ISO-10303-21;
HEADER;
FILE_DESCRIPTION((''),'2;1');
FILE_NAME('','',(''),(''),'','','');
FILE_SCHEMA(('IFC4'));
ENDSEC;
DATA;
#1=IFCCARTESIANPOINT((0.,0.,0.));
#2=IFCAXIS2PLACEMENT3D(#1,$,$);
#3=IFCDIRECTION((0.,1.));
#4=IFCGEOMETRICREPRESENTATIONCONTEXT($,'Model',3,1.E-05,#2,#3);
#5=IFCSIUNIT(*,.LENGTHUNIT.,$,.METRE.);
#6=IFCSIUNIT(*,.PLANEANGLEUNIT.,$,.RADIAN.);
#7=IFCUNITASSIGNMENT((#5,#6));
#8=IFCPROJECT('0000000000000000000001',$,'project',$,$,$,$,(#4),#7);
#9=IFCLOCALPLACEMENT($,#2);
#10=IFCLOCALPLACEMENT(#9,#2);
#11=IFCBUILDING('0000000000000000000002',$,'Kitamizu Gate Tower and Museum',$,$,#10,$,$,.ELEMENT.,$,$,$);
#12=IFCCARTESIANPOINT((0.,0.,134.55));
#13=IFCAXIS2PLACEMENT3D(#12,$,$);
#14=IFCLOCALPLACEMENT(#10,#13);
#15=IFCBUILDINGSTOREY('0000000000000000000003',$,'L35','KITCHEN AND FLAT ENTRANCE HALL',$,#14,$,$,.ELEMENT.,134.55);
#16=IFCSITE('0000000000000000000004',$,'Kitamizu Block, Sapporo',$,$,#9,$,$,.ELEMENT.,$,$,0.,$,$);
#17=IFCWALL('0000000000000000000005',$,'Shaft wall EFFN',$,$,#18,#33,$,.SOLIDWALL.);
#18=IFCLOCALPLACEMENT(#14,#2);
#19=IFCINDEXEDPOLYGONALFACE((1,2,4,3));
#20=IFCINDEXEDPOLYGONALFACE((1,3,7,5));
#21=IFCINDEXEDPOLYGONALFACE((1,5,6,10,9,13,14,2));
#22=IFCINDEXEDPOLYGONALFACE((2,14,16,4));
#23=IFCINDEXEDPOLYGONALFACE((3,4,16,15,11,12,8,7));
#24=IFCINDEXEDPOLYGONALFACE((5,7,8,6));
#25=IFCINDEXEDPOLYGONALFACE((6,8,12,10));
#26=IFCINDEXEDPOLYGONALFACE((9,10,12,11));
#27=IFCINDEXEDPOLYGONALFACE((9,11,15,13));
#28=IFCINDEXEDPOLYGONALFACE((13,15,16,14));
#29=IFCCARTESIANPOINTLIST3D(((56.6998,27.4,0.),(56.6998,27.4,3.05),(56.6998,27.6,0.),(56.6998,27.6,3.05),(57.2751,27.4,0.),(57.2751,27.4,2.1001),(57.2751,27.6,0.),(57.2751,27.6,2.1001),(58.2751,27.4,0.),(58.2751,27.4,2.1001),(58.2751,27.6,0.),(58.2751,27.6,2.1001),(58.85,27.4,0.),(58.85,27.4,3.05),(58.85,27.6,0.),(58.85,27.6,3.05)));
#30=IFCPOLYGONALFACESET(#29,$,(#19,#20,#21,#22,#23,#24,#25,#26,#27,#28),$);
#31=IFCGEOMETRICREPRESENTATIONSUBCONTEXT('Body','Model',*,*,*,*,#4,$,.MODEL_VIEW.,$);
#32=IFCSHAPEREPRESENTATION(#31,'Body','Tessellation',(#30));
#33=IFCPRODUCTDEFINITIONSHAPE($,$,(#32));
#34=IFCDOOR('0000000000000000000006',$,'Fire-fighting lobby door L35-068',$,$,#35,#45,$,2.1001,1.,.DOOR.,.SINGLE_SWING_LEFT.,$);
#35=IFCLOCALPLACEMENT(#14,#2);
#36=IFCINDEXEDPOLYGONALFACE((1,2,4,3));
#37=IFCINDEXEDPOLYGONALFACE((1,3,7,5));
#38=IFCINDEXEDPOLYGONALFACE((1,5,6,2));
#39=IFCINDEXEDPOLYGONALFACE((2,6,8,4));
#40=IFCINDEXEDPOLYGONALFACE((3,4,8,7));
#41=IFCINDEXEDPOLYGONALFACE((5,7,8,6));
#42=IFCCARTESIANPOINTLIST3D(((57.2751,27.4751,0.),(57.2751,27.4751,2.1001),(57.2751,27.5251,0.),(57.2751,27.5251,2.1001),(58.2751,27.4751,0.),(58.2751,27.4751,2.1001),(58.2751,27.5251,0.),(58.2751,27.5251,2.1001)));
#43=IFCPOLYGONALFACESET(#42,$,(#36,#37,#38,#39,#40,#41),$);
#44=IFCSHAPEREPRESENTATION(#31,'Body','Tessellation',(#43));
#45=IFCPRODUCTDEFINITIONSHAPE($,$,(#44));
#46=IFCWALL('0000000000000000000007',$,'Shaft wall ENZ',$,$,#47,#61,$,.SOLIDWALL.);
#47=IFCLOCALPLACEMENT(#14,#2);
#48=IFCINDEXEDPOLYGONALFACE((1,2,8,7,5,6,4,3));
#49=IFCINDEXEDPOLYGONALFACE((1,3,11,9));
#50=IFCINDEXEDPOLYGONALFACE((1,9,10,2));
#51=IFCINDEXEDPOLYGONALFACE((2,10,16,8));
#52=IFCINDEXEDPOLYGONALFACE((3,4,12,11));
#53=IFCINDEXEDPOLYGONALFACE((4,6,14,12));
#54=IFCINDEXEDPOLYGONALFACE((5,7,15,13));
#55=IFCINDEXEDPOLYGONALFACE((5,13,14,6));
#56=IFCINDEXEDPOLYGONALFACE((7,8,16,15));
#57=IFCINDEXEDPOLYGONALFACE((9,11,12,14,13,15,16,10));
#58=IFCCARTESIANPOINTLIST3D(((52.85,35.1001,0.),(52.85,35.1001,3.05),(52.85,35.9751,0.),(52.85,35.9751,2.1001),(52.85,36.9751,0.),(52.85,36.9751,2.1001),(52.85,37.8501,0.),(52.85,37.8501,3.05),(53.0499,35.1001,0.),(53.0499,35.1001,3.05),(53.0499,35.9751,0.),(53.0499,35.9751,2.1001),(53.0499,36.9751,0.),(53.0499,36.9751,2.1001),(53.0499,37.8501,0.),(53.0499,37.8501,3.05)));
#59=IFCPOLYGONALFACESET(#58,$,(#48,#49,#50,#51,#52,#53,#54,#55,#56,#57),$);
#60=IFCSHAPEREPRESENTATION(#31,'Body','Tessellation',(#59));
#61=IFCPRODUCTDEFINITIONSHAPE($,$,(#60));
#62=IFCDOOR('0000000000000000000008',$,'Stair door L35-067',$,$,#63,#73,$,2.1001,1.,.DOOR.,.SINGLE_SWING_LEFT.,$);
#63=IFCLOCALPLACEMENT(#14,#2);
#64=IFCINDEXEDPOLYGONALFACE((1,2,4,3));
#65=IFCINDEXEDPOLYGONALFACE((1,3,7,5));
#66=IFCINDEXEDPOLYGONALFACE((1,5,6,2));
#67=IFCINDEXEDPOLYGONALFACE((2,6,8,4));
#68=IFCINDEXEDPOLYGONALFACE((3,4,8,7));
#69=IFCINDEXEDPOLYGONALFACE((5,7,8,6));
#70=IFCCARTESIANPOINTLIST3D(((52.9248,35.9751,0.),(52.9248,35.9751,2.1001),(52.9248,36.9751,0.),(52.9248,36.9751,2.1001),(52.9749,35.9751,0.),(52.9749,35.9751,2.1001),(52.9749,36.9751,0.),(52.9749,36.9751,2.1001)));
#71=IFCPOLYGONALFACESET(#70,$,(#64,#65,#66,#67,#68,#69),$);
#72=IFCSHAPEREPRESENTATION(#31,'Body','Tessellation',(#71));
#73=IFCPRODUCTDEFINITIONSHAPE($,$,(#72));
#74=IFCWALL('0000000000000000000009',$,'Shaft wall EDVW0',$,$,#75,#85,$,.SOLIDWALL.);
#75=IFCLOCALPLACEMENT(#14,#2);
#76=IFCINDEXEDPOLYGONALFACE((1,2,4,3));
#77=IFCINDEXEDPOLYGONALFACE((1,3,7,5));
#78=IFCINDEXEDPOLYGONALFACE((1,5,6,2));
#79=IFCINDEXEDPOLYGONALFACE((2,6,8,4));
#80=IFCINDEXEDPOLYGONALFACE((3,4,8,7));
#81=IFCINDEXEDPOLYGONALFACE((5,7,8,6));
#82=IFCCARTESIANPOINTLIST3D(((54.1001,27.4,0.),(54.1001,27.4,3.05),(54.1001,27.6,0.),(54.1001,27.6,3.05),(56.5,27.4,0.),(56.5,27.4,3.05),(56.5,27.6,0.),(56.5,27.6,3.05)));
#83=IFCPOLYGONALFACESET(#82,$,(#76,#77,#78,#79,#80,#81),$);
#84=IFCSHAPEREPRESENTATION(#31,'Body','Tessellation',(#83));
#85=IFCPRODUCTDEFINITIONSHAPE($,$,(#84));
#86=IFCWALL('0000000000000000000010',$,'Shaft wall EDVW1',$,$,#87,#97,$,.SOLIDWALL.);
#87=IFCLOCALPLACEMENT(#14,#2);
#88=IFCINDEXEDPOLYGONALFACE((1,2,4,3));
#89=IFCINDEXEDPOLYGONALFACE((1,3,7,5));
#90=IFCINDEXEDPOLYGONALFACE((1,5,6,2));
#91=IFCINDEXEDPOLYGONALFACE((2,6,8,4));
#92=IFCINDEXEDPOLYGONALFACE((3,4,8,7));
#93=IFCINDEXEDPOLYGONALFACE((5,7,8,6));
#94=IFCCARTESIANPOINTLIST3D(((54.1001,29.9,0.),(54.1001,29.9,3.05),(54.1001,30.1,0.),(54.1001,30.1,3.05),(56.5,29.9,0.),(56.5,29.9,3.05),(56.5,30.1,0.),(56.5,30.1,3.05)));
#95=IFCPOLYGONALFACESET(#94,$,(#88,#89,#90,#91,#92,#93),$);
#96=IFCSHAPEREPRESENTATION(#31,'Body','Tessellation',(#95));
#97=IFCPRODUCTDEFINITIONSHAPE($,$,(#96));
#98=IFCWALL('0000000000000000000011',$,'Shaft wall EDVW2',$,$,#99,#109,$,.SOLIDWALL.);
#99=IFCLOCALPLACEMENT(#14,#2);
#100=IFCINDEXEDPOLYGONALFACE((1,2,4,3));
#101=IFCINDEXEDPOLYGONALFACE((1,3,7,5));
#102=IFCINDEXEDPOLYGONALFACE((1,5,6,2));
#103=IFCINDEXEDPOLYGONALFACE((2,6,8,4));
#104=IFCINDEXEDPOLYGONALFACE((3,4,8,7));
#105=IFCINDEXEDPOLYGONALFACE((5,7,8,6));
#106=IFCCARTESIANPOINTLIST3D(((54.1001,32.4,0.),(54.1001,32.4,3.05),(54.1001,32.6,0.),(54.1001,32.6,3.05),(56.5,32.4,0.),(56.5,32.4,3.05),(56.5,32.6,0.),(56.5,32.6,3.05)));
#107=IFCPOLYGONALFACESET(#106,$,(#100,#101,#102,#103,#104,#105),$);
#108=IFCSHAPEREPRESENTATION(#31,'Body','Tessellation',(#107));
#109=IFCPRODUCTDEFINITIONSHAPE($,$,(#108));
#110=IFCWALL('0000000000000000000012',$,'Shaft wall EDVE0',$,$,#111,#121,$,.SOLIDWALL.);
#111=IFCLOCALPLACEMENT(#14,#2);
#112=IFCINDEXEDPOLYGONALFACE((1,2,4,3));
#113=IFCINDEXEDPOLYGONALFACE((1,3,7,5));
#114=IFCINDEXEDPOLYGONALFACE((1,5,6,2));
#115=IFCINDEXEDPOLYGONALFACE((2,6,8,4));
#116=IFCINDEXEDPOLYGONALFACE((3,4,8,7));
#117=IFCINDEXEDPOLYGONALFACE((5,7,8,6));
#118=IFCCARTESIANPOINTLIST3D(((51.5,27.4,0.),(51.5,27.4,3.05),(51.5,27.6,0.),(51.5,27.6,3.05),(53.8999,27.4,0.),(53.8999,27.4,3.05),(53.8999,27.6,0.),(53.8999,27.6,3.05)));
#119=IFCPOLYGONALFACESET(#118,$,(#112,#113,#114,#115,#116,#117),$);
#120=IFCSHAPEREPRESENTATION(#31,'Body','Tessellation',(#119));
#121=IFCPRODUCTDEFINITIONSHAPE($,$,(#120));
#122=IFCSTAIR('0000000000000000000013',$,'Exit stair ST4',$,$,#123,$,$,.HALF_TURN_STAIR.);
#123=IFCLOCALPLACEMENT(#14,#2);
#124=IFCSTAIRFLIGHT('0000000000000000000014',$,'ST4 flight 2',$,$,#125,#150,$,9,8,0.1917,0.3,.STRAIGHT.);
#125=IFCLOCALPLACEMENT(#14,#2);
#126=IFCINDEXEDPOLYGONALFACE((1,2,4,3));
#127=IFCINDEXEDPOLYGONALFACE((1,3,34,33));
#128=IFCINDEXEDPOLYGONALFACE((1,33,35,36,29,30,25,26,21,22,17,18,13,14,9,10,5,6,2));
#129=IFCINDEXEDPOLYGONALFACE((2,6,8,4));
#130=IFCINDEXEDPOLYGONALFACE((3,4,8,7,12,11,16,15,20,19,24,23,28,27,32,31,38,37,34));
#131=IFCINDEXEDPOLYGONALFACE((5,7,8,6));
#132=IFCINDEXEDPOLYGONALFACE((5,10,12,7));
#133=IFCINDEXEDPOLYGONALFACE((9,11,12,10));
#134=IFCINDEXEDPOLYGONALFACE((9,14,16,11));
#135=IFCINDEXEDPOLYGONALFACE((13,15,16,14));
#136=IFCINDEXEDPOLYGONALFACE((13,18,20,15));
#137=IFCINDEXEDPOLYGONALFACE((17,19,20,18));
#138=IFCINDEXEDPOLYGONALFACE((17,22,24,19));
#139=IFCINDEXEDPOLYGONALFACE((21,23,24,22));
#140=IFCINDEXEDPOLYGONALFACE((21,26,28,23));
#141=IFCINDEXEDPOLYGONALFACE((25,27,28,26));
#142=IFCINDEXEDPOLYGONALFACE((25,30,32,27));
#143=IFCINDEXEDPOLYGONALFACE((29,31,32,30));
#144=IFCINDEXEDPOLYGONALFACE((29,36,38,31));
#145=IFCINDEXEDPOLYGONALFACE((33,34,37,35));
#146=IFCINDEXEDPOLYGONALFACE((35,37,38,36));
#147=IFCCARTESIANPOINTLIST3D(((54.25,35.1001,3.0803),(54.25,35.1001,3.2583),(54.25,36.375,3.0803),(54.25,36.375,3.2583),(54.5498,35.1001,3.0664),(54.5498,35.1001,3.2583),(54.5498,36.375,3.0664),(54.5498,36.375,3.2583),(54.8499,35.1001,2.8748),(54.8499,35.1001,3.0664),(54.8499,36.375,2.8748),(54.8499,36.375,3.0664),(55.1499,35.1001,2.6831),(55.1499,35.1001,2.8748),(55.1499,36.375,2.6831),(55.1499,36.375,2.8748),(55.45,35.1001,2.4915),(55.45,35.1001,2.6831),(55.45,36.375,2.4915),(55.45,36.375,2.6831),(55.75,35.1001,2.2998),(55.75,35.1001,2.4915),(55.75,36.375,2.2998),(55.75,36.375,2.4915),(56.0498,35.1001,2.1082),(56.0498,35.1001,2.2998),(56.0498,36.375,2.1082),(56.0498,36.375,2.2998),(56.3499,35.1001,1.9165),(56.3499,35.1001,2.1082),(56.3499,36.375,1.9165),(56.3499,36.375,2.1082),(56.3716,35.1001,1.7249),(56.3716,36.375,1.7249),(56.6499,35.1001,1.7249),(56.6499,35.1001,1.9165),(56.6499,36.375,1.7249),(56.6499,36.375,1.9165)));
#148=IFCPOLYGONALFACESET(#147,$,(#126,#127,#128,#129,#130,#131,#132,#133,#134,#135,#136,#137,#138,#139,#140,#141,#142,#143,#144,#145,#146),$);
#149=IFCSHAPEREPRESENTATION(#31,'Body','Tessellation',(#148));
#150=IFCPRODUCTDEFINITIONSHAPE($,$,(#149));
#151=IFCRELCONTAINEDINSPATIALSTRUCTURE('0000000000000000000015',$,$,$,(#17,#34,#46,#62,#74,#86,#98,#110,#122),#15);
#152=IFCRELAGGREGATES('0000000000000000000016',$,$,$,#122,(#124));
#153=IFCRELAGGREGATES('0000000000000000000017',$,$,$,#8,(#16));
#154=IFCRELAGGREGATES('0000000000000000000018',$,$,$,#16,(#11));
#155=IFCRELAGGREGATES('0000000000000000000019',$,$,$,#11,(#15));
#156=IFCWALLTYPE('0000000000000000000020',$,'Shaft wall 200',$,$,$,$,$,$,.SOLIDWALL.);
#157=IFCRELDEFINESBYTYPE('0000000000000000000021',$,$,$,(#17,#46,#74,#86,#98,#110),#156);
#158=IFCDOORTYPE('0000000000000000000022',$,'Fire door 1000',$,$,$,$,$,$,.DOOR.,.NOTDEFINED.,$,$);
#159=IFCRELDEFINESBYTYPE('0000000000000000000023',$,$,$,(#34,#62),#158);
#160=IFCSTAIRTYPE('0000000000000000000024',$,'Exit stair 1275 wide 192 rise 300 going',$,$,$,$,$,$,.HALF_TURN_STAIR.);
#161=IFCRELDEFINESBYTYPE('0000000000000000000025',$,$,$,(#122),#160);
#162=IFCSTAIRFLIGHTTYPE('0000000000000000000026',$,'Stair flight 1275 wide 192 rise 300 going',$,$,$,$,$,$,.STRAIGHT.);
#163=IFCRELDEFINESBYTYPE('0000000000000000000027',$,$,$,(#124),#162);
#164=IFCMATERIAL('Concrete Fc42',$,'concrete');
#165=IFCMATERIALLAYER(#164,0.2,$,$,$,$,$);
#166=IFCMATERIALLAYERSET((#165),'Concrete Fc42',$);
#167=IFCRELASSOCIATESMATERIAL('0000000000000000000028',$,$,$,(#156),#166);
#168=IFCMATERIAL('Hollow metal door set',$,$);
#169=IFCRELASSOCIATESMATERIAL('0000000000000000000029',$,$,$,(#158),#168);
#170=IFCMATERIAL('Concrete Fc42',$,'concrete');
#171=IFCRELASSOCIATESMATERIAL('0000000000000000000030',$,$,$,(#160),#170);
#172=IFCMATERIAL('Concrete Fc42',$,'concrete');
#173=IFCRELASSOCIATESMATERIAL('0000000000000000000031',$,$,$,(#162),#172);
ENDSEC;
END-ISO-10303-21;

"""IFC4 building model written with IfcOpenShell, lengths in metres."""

from ifc_helpers import new_model, si_unit, direction, frame, frame_2d, origin, place, context, subcontext, project, spatial, polyline, rectangle, outline, extrude, material, layer, layer_set, type_object, element, fill, aggregate, save


model = new_model("IFC4")

# Units and contexts
model_context = context("Model", 3, precision=1e-05, world=origin(), true_north=direction((0.0, 1.0)))
body_context = subcontext(model_context, "Body", "Model", "MODEL_VIEW")
ifc_project = project(units=[si_unit("LENGTHUNIT", "METRE"), si_unit("PLANEANGLEUNIT", "RADIAN")], contexts=[model_context])

# Site, building, storey
site_placement = place(None, origin())
site = spatial("IfcSite", under=ifc_project, at=site_placement, Name="Kitamizu Block, Sapporo", CompositionType="ELEMENT", RefElevation=0.0)
building_placement = place(site_placement, origin())
building = spatial("IfcBuilding", under=site, at=building_placement, Name="Kitamizu Gate Tower and Museum", CompositionType="ELEMENT")
storey_placement = place(building_placement, frame((0.0, 0.0, 134.55)))
storey = spatial("IfcBuildingStorey", under=building, at=storey_placement, Name="L35", Description="KITCHEN AND FLAT ENTRANCE HALL", CompositionType="ELEMENT", Elevation=134.55)

# Shared definitions
ifc_material_1 = material(Name="Concrete Fc42", Category="concrete")
ifc_layer_1 = layer(ifc_material_1, 0.2)
ifc_layer_set_1 = layer_set([ifc_layer_1], Name="Concrete Fc42")
wall_type_1 = type_object("IfcWallType", Name="Shaft wall 200", PredefinedType="SOLIDWALL", material=ifc_layer_set_1)

# Walls, openings, doors
wall_1_placement = place(storey_placement, frame((58.8501, 27.5, 0.0), z_axis=(0.0, 0.0, 1.0), x_axis=(-1.0, 0.0, 0.0)))
wall_1 = element("IfcWall", 1, at=wall_1_placement, inside=storey, type_object=wall_type_1, Name="Shaft wall EFFN", PredefinedType="SOLIDWALL", context=body_context, shape_type="SweptSolid", body=[
    extrude(rectangle(XDim=2.1501, YDim=0.2, at=frame_2d((1.0752, 0.0))), origin(), (0.0, 0.0, 1.0), 3.05),
])
opening_1_placement = place(wall_1_placement, frame((0.575, 0.0, 0.0)))
opening_1 = element("IfcOpeningElement", 2, at=opening_1_placement, cuts=wall_1, PredefinedType="OPENING", context=body_context, shape_type="SweptSolid", body=[
    extrude(rectangle(XDim=1.0, YDim=2.1001, at=frame_2d((0.5, 1.05))), frame((0.0, 0.1099, 0.0), z_axis=(0.0, -1.0, 0.0), x_axis=(1.0, 0.0, 0.0)), (0.0, 0.0, 1.0), 0.22),
])
ifc_material_2 = material(Name="Hollow metal door set")
door_type_1 = type_object("IfcDoorType", Name="Fire door 1000", OperationType="NOTDEFINED", PredefinedType="DOOR", material=ifc_material_2)
door_1_placement = place(opening_1_placement, origin())
door_1 = element("IfcDoor", 3, at=door_1_placement, inside=storey, type_object=door_type_1, Name="Fire-fighting lobby door L35-068", OperationType="SINGLE_SWING_LEFT", OverallHeight=2.1001, OverallWidth=1.0, PredefinedType="DOOR", context=body_context, shape_type="SweptSolid", body=[
    extrude(rectangle(XDim=1.0, YDim=2.1001, at=frame_2d((0.5, 1.05))), frame((0.0, 0.0249, 0.0), z_axis=(0.0, -1.0, 0.0), x_axis=(1.0, 0.0, 0.0)), (0.0, 0.0, 1.0), 0.05),
])
fill(opening_1, door_1)
wall_2_placement = place(storey_placement, frame((52.95, 35.1001, 0.0), z_axis=(0.0, 0.0, 1.0), x_axis=(0.0, 1.0, 0.0)))
wall_2 = element("IfcWall", 4, at=wall_2_placement, inside=storey, type_object=wall_type_1, Name="Shaft wall ENZ", PredefinedType="SOLIDWALL", context=body_context, shape_type="SweptSolid", body=[
    extrude(rectangle(XDim=2.75, YDim=0.2, at=frame_2d((1.375, 0.0))), origin(), (0.0, 0.0, 1.0), 3.05),
])
opening_2_placement = place(wall_2_placement, frame((0.875, 0.0, 0.0)))
opening_2 = element("IfcOpeningElement", 5, at=opening_2_placement, cuts=wall_2, PredefinedType="OPENING", context=body_context, shape_type="SweptSolid", body=[
    extrude(rectangle(XDim=1.0, YDim=2.1001, at=frame_2d((0.5, 1.05))), frame((0.0, 0.1099, 0.0), z_axis=(0.0, -1.0, 0.0), x_axis=(1.0, 0.0, 0.0)), (0.0, 0.0, 1.0), 0.22),
])
door_2_placement = place(opening_2_placement, frame((1.0, 0.0, 0.0), x_axis=(-1.0, 0.0, 0.0)))
door_2 = element("IfcDoor", 6, at=door_2_placement, inside=storey, type_object=door_type_1, Name="Stair door L35-067", OperationType="SINGLE_SWING_LEFT", OverallHeight=2.1001, OverallWidth=1.0, PredefinedType="DOOR", context=body_context, shape_type="SweptSolid", body=[
    extrude(rectangle(XDim=1.0, YDim=2.1001, at=frame_2d((0.5, 1.05))), frame((0.0, 0.0249, 0.0), z_axis=(0.0, -1.0, 0.0), x_axis=(1.0, 0.0, 0.0)), (0.0, 0.0, 1.0), 0.05),
])
fill(opening_2, door_2)

# Walls
for number, where, z_axis, x_axis, name in (
    (7, (56.5, 27.5, 0.0), (0.0, 0.0, 1.0), (-1.0, 0.0, 0.0), "Shaft wall EDVW0"),
    (8, (56.5, 30.0, 0.0), (0.0, 0.0, 1.0), (-1.0, 0.0, 0.0), "Shaft wall EDVW1"),
    (9, (56.5, 32.5, 0.0), (0.0, 0.0, 1.0), (-1.0, 0.0, 0.0), "Shaft wall EDVW2"),
    (10, (53.8999, 27.5, 0.0), (0.0, 0.0, 1.0), (-1.0, 0.0, 0.0), "Shaft wall EDVE0"),
):
    element("IfcWall", number, at=place(storey_placement, frame(where, z_axis=z_axis, x_axis=x_axis)), inside=storey, type_object=wall_type_1, Name=name, PredefinedType="SOLIDWALL", context=body_context, shape_type="SweptSolid", body=[
        extrude(rectangle(XDim=2.3999, YDim=0.2, at=frame_2d((1.2, 0.0))), origin(), (0.0, 0.0, 1.0), 3.05),
    ])

# Stair, stair flight
ifc_material_3 = material(Name="Concrete Fc42", Category="concrete")
stair_type = type_object("IfcStairType", Name="Exit stair 1275 wide 192 rise 300 going", PredefinedType="HALF_TURN_STAIR", material=ifc_material_3)
stair_placement = place(storey_placement, origin())
stair = element("IfcStair", 11, at=stair_placement, inside=storey, type_object=stair_type, Name="Exit stair ST4", PredefinedType="HALF_TURN_STAIR")
ifc_material_4 = material(Name="Concrete Fc42", Category="concrete")
stair_flight_type = type_object("IfcStairFlightType", Name="Stair flight 1275 wide 192 rise 300 going", PredefinedType="STRAIGHT", material=ifc_material_4)
stair_flight_placement = place(storey_placement, frame((56.6499, 35.7375, 1.7249), z_axis=(0.0, 0.0, 1.0), x_axis=(-1.0, 0.0, 0.0)))
stair_flight = element("IfcStairFlight", 12, at=stair_flight_placement, type_object=stair_flight_type, Name="ST4 flight 2", NumberOfRisers=9, NumberOfTreads=8, PredefinedType="STRAIGHT", RiserHeight=0.1917, TreadLength=0.3, context=body_context, shape_type="SweptSolid", body=[
    extrude(outline(polyline([(0.0, 0.0), (0.0, 0.1917), (0.3, 0.1917), (0.3, 0.3833), (0.6001, 0.3833), (0.6001, 0.575), (0.8999, 0.575), (0.8999, 0.7666), (1.2, 0.7666), (1.2, 0.9583), (1.5, 0.9583), (1.5, 1.1499), (1.8, 1.1499), (1.8, 1.3416), (2.1001, 1.3416), (2.1001, 1.5334), (2.3999, 1.5334), (2.3999, 1.7251), (2.3999, 1.3555), (0.2783, 0.0), (0.0, 0.0)])), frame((0.0, 0.6375, 0.0), z_axis=(0.0, -1.0, 0.0), x_axis=(1.0, 0.0, 0.0)), (0.0, 0.0, 1.0), 1.2749),
])
aggregate(stair, [stair_flight])

save(model, "model.ifc")
